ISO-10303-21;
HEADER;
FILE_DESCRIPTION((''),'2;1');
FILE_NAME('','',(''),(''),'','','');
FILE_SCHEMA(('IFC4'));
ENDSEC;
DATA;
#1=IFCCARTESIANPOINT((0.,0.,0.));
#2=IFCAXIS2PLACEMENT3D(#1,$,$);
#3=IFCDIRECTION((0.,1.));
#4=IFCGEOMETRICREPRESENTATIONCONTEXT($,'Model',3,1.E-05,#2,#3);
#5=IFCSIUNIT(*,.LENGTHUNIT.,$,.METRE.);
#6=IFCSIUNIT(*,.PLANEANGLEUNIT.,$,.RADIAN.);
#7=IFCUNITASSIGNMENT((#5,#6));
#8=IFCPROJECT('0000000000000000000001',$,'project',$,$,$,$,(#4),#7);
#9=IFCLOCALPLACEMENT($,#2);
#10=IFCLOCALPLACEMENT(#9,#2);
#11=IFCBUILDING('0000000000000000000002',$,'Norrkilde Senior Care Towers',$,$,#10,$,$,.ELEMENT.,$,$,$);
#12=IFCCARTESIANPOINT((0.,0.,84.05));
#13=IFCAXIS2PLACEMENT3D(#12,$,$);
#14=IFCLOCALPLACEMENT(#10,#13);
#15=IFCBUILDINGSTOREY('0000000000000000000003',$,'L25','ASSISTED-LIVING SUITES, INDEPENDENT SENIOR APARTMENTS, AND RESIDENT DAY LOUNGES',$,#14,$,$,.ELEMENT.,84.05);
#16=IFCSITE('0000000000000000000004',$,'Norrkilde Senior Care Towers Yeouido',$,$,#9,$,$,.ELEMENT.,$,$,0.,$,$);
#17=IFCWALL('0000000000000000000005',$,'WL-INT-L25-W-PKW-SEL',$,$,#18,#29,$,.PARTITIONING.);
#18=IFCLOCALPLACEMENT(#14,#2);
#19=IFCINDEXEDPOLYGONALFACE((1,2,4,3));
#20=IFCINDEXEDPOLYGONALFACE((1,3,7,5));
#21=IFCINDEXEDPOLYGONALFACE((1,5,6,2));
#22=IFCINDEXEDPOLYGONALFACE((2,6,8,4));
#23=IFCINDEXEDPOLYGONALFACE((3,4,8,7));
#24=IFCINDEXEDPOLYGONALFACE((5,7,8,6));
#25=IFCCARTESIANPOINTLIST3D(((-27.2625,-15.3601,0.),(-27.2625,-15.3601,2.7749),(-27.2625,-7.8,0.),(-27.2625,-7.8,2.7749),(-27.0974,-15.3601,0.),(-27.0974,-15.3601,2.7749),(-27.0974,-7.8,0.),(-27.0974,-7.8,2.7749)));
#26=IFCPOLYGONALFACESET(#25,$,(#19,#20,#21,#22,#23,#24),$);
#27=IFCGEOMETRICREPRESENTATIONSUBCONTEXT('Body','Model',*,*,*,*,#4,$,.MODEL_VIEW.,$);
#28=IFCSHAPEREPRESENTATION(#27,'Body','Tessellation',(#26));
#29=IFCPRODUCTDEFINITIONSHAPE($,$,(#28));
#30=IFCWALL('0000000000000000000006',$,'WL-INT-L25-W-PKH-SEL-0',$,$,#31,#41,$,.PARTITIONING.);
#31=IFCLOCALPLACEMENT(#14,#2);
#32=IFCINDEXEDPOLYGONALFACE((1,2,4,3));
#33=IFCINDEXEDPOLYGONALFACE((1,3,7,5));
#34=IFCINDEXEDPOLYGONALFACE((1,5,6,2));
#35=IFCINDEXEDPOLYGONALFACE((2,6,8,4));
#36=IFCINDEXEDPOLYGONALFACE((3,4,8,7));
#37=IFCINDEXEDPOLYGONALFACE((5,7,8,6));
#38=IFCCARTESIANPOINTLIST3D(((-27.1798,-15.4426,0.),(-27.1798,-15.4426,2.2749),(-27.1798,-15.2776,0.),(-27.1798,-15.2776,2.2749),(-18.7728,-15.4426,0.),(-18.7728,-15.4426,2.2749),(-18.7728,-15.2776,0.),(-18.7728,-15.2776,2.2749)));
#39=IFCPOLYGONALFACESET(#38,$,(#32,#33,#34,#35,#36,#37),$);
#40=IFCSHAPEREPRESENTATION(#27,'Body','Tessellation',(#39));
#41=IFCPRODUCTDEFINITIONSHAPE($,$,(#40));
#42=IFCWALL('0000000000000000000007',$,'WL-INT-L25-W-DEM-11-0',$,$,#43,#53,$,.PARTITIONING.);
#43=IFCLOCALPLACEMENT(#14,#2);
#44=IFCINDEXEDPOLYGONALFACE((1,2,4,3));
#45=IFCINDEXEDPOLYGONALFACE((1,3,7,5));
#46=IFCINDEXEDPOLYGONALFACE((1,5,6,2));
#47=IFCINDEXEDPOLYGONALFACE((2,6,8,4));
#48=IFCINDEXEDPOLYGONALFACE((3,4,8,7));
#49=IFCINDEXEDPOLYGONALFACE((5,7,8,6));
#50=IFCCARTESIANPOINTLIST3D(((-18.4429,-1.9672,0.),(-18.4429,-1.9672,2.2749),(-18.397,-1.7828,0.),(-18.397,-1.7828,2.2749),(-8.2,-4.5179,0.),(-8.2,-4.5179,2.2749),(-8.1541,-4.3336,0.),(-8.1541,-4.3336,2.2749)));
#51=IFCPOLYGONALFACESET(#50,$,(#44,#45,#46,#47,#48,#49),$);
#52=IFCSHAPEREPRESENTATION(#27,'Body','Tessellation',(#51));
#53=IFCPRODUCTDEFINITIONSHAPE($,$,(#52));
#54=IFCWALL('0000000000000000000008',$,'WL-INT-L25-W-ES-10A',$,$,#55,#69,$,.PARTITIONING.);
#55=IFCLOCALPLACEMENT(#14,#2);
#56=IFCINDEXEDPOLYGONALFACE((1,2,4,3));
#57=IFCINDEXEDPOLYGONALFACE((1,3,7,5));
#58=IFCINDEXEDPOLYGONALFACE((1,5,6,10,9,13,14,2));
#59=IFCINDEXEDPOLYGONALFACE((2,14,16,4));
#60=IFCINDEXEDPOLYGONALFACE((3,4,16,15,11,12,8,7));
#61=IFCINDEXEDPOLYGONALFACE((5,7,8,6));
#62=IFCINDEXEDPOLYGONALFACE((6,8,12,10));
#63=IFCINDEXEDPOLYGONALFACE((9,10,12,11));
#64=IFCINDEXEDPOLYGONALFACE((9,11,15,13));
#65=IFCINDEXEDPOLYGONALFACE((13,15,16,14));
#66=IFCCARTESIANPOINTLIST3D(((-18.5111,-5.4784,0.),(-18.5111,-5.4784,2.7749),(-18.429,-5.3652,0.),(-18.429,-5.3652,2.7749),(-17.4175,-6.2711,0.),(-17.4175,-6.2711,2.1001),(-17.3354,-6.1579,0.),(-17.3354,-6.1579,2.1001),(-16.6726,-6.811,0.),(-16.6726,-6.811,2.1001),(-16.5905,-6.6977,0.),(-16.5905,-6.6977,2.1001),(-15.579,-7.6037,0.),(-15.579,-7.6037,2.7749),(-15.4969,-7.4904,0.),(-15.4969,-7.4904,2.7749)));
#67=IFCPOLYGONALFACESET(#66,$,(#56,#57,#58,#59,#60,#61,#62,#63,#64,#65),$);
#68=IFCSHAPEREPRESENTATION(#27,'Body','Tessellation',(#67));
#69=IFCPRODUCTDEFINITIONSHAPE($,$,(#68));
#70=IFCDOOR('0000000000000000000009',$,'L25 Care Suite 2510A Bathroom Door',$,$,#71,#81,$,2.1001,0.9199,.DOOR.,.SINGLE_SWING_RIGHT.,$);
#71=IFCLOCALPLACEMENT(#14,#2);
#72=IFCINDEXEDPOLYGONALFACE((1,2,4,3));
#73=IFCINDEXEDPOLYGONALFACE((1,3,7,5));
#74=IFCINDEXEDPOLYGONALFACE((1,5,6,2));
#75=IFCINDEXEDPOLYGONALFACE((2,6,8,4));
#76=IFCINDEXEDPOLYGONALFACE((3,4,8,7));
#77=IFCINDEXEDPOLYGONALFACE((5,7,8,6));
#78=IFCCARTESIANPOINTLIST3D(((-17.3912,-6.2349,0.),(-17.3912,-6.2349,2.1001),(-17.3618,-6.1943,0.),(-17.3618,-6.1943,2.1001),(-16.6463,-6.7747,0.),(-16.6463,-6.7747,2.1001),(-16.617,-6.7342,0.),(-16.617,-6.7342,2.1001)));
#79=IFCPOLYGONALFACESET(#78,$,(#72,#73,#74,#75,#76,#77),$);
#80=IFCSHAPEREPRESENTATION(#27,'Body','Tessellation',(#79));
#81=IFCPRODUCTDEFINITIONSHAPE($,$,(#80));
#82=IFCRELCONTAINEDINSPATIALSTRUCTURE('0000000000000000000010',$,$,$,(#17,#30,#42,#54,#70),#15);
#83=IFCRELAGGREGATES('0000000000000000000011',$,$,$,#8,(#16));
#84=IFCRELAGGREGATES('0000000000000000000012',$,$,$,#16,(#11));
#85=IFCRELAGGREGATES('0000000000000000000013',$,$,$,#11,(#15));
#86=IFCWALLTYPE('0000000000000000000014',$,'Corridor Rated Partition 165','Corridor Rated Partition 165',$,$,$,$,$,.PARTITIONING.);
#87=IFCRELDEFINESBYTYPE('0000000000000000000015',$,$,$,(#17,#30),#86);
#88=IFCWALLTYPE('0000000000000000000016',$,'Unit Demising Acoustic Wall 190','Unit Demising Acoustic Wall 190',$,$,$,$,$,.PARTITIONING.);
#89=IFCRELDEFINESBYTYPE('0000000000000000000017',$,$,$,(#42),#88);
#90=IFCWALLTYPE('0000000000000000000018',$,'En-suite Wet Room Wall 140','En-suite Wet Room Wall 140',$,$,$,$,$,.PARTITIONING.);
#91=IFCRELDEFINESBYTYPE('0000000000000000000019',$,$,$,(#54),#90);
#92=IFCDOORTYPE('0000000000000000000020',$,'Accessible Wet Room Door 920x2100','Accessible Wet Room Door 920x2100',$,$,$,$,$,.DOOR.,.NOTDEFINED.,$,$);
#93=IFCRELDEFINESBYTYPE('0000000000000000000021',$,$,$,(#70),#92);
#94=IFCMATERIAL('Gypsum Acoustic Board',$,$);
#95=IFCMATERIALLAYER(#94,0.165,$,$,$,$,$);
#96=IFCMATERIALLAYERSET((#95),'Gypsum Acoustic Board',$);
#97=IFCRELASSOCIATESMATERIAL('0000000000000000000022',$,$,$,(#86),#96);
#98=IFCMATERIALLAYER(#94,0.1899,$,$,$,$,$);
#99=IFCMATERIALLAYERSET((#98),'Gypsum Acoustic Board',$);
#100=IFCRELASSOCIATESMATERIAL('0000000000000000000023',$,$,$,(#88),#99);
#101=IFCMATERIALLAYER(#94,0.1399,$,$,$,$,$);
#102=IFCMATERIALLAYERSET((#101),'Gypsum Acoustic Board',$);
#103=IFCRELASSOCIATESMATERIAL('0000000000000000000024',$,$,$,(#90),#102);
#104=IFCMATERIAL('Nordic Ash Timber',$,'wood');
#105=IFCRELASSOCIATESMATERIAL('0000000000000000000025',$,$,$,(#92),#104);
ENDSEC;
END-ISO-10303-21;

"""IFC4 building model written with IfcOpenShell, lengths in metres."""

from ifc_helpers import new_model, si_unit, direction, frame, frame_2d, origin, place, context, subcontext, project, spatial, rectangle, extrude, source, transform, mapped, material, layer, layer_set, type_object, type_shapes, element, fill, save


model = new_model("IFC4")

# Units and contexts
model_context = context("Model", 3, precision=1e-05, world=origin(), true_north=direction((0.0, 1.0)))
body_context = subcontext(model_context, "Body", "Model", "MODEL_VIEW")
ifc_project = project(units=[si_unit("LENGTHUNIT", "METRE"), si_unit("PLANEANGLEUNIT", "RADIAN")], contexts=[model_context])

# Site, building, storey
site_placement = place(None, origin())
site = spatial("IfcSite", under=ifc_project, at=site_placement, Name="Norrkilde Senior Care Towers Yeouido", CompositionType="ELEMENT", RefElevation=0.0)
building_placement = place(site_placement, origin())
building = spatial("IfcBuilding", under=site, at=building_placement, Name="Norrkilde Senior Care Towers", CompositionType="ELEMENT")
storey_placement = place(building_placement, frame((0.0, 0.0, 84.05)))
storey = spatial("IfcBuildingStorey", under=building, at=storey_placement, Name="L25", Description="ASSISTED-LIVING SUITES, INDEPENDENT SENIOR APARTMENTS, AND RESIDENT DAY LOUNGES", CompositionType="ELEMENT", Elevation=84.05)

# Shared definitions
ifc_material_1 = material(Name="Gypsum Acoustic Board")
ifc_layer_1 = layer(ifc_material_1, 0.165)
ifc_layer_set_1 = layer_set([ifc_layer_1], Name="Gypsum Acoustic Board")
wall_type_1 = type_object("IfcWallType", Name="Corridor Rated Partition 165", Description="Corridor Rated Partition 165", PredefinedType="PARTITIONING", material=ifc_layer_set_1)
ifc_material_2 = material(Name="Nordic Ash Timber", Category="wood")

# Walls
shared_shape_1 = source(origin(), body_context, "Body", "SweptSolid", [
    extrude(rectangle(XDim=7.5601, YDim=0.165, at=frame_2d((3.78, 0.0))), origin(), (0.0, 0.0, 1.0), 2.7749),
])
wall_1_placement = place(storey_placement, frame((-27.1799, -15.3601, 0.0), z_axis=(0.0, 0.0, 1.0), x_axis=(0.0, 1.0, 0.0)))
element("IfcWall", 1, at=wall_1_placement, inside=storey, type_object=wall_type_1, Name="WL-INT-L25-W-PKW-SEL", PredefinedType="PARTITIONING", context=body_context, shape_type="MappedRepresentation", body=[
    mapped(shared_shape_1, transform((0.0, 0.0, 0.0), x_axis=(1.0, 0.0, 0.0), y_axis=(0.0, 1.0, 0.0), z_axis=(0.0, 0.0, 1.0), scale=1.0)),
])
shared_shape_2 = source(origin(), body_context, "Body", "SweptSolid", [
    extrude(rectangle(XDim=8.407, YDim=0.165, at=frame_2d((4.2036, 0.0))), origin(), (0.0, 0.0, 1.0), 2.2749),
])
wall_2_placement = place(storey_placement, frame((-27.1799, -15.3601, 0.0), z_axis=(0.0, 0.0, 1.0), x_axis=(1.0, 0.0, 0.0)))
element("IfcWall", 2, at=wall_2_placement, inside=storey, type_object=wall_type_1, Name="WL-INT-L25-W-PKH-SEL-0", PredefinedType="PARTITIONING", context=body_context, shape_type="MappedRepresentation", body=[
    mapped(shared_shape_2, transform((0.0, 0.0, 0.0), x_axis=(1.0, 0.0, 0.0), y_axis=(0.0, 1.0, 0.0), z_axis=(0.0, 0.0, 1.0), scale=1.0)),
])
ifc_layer_2 = layer(ifc_material_1, 0.1899)
ifc_layer_set_2 = layer_set([ifc_layer_2], Name="Gypsum Acoustic Board")
wall_type_2 = type_object("IfcWallType", Name="Unit Demising Acoustic Wall 190", Description="Unit Demising Acoustic Wall 190", PredefinedType="PARTITIONING", material=ifc_layer_set_2)
shared_shape_3 = source(origin(), body_context, "Body", "SweptSolid", [
    extrude(rectangle(XDim=10.5557, YDim=0.1899, at=frame_2d((5.2778, 0.0))), origin(), (0.0, 0.0, 1.0), 2.2749),
])
type_shapes(wall_type_2, [shared_shape_3])
wall_3_placement = place(storey_placement, frame((-18.4199, -1.875, 0.0), z_axis=(0.0, 0.0, 1.0), x_axis=(0.970364, -0.241648, 0.0)))
element("IfcWall", 3, at=wall_3_placement, inside=storey, type_object=wall_type_2, Name="WL-INT-L25-W-DEM-11-0", PredefinedType="PARTITIONING", context=body_context, shape_type="MappedRepresentation", body=[
    mapped(shared_shape_3, transform((0.0, 0.0, 0.0), x_axis=(1.0, 0.0, 0.0), y_axis=(0.0, 1.0, 0.0), z_axis=(0.0, 0.0, 1.0), scale=1.0)),
])

# Wall, opening, door
ifc_layer_3 = layer(ifc_material_1, 0.1399)
ifc_layer_set_3 = layer_set([ifc_layer_3], Name="Gypsum Acoustic Board")
wall_type_3 = type_object("IfcWallType", Name="En-suite Wet Room Wall 140", Description="En-suite Wet Room Wall 140", PredefinedType="PARTITIONING", material=ifc_layer_set_3)
shared_shape_4 = source(origin(), body_context, "Body", "SweptSolid", [
    extrude(rectangle(XDim=3.6213, YDim=0.1399, at=frame_2d((1.8105, 0.0))), origin(), (0.0, 0.0, 1.0), 2.7749),
])
type_shapes(wall_type_3, [shared_shape_4])
wall_4_placement = place(storey_placement, frame((-18.47, -5.4219, 0.0), z_axis=(0.0, 0.0, 1.0), x_axis=(0.809683, -0.586868, 0.0)))
wall_4 = element("IfcWall", 4, at=wall_4_placement, inside=storey, type_object=wall_type_3, Name="WL-INT-L25-W-ES-10A", PredefinedType="PARTITIONING", context=body_context, shape_type="MappedRepresentation", body=[
    mapped(shared_shape_4, transform((0.0, 0.0, 0.0), x_axis=(1.0, 0.0, 0.0), y_axis=(0.0, 1.0, 0.0), z_axis=(0.0, 0.0, 1.0), scale=1.0)),
])
opening_1_placement = place(wall_4_placement, frame((1.3506, 0.0, 0.0)))
opening_1 = element("IfcOpeningElement", 5, at=opening_1_placement, cuts=wall_4, PredefinedType="OPENING", context=body_context, shape_type="SweptSolid", body=[
    extrude(rectangle(XDim=0.9199, YDim=2.1001, at=frame_2d((0.46, 1.05))), frame((0.0, 0.0798, 0.0), z_axis=(0.0, -1.0, 0.0), x_axis=(1.0, 0.0, 0.0)), (0.0, 0.0, 1.0), 0.1599),
])
door_type_1 = type_object("IfcDoorType", Name="Accessible Wet Room Door 920x2100", Description="Accessible Wet Room Door 920x2100", OperationType="NOTDEFINED", PredefinedType="DOOR", material=ifc_material_2)
shared_shape_5 = source(origin(), body_context, "Body", "SweptSolid", [
    extrude(rectangle(XDim=0.9199, YDim=2.1001, at=frame_2d((0.46, 1.05))), frame((0.0, 0.0249, 0.0), z_axis=(0.0, -1.0, 0.0), x_axis=(1.0, 0.0, 0.0)), (0.0, 0.0, 1.0), 0.05),
])
type_shapes(door_type_1, [shared_shape_5])
door_1_placement = place(opening_1_placement, origin())
door_1 = element("IfcDoor", 6, at=door_1_placement, inside=storey, type_object=door_type_1, Name="L25 Care Suite 2510A Bathroom Door", OperationType="SINGLE_SWING_RIGHT", OverallHeight=2.1001, OverallWidth=0.9199, PredefinedType="DOOR", context=body_context, shape_type="MappedRepresentation", body=[
    mapped(shared_shape_5, transform((0.0, 0.0, 0.0), x_axis=(1.0, 0.0, 0.0), y_axis=(0.0, 1.0, 0.0), z_axis=(0.0, 0.0, 1.0), scale=1.0)),
])
fill(opening_1, door_1)

save(model, "model.ifc")
